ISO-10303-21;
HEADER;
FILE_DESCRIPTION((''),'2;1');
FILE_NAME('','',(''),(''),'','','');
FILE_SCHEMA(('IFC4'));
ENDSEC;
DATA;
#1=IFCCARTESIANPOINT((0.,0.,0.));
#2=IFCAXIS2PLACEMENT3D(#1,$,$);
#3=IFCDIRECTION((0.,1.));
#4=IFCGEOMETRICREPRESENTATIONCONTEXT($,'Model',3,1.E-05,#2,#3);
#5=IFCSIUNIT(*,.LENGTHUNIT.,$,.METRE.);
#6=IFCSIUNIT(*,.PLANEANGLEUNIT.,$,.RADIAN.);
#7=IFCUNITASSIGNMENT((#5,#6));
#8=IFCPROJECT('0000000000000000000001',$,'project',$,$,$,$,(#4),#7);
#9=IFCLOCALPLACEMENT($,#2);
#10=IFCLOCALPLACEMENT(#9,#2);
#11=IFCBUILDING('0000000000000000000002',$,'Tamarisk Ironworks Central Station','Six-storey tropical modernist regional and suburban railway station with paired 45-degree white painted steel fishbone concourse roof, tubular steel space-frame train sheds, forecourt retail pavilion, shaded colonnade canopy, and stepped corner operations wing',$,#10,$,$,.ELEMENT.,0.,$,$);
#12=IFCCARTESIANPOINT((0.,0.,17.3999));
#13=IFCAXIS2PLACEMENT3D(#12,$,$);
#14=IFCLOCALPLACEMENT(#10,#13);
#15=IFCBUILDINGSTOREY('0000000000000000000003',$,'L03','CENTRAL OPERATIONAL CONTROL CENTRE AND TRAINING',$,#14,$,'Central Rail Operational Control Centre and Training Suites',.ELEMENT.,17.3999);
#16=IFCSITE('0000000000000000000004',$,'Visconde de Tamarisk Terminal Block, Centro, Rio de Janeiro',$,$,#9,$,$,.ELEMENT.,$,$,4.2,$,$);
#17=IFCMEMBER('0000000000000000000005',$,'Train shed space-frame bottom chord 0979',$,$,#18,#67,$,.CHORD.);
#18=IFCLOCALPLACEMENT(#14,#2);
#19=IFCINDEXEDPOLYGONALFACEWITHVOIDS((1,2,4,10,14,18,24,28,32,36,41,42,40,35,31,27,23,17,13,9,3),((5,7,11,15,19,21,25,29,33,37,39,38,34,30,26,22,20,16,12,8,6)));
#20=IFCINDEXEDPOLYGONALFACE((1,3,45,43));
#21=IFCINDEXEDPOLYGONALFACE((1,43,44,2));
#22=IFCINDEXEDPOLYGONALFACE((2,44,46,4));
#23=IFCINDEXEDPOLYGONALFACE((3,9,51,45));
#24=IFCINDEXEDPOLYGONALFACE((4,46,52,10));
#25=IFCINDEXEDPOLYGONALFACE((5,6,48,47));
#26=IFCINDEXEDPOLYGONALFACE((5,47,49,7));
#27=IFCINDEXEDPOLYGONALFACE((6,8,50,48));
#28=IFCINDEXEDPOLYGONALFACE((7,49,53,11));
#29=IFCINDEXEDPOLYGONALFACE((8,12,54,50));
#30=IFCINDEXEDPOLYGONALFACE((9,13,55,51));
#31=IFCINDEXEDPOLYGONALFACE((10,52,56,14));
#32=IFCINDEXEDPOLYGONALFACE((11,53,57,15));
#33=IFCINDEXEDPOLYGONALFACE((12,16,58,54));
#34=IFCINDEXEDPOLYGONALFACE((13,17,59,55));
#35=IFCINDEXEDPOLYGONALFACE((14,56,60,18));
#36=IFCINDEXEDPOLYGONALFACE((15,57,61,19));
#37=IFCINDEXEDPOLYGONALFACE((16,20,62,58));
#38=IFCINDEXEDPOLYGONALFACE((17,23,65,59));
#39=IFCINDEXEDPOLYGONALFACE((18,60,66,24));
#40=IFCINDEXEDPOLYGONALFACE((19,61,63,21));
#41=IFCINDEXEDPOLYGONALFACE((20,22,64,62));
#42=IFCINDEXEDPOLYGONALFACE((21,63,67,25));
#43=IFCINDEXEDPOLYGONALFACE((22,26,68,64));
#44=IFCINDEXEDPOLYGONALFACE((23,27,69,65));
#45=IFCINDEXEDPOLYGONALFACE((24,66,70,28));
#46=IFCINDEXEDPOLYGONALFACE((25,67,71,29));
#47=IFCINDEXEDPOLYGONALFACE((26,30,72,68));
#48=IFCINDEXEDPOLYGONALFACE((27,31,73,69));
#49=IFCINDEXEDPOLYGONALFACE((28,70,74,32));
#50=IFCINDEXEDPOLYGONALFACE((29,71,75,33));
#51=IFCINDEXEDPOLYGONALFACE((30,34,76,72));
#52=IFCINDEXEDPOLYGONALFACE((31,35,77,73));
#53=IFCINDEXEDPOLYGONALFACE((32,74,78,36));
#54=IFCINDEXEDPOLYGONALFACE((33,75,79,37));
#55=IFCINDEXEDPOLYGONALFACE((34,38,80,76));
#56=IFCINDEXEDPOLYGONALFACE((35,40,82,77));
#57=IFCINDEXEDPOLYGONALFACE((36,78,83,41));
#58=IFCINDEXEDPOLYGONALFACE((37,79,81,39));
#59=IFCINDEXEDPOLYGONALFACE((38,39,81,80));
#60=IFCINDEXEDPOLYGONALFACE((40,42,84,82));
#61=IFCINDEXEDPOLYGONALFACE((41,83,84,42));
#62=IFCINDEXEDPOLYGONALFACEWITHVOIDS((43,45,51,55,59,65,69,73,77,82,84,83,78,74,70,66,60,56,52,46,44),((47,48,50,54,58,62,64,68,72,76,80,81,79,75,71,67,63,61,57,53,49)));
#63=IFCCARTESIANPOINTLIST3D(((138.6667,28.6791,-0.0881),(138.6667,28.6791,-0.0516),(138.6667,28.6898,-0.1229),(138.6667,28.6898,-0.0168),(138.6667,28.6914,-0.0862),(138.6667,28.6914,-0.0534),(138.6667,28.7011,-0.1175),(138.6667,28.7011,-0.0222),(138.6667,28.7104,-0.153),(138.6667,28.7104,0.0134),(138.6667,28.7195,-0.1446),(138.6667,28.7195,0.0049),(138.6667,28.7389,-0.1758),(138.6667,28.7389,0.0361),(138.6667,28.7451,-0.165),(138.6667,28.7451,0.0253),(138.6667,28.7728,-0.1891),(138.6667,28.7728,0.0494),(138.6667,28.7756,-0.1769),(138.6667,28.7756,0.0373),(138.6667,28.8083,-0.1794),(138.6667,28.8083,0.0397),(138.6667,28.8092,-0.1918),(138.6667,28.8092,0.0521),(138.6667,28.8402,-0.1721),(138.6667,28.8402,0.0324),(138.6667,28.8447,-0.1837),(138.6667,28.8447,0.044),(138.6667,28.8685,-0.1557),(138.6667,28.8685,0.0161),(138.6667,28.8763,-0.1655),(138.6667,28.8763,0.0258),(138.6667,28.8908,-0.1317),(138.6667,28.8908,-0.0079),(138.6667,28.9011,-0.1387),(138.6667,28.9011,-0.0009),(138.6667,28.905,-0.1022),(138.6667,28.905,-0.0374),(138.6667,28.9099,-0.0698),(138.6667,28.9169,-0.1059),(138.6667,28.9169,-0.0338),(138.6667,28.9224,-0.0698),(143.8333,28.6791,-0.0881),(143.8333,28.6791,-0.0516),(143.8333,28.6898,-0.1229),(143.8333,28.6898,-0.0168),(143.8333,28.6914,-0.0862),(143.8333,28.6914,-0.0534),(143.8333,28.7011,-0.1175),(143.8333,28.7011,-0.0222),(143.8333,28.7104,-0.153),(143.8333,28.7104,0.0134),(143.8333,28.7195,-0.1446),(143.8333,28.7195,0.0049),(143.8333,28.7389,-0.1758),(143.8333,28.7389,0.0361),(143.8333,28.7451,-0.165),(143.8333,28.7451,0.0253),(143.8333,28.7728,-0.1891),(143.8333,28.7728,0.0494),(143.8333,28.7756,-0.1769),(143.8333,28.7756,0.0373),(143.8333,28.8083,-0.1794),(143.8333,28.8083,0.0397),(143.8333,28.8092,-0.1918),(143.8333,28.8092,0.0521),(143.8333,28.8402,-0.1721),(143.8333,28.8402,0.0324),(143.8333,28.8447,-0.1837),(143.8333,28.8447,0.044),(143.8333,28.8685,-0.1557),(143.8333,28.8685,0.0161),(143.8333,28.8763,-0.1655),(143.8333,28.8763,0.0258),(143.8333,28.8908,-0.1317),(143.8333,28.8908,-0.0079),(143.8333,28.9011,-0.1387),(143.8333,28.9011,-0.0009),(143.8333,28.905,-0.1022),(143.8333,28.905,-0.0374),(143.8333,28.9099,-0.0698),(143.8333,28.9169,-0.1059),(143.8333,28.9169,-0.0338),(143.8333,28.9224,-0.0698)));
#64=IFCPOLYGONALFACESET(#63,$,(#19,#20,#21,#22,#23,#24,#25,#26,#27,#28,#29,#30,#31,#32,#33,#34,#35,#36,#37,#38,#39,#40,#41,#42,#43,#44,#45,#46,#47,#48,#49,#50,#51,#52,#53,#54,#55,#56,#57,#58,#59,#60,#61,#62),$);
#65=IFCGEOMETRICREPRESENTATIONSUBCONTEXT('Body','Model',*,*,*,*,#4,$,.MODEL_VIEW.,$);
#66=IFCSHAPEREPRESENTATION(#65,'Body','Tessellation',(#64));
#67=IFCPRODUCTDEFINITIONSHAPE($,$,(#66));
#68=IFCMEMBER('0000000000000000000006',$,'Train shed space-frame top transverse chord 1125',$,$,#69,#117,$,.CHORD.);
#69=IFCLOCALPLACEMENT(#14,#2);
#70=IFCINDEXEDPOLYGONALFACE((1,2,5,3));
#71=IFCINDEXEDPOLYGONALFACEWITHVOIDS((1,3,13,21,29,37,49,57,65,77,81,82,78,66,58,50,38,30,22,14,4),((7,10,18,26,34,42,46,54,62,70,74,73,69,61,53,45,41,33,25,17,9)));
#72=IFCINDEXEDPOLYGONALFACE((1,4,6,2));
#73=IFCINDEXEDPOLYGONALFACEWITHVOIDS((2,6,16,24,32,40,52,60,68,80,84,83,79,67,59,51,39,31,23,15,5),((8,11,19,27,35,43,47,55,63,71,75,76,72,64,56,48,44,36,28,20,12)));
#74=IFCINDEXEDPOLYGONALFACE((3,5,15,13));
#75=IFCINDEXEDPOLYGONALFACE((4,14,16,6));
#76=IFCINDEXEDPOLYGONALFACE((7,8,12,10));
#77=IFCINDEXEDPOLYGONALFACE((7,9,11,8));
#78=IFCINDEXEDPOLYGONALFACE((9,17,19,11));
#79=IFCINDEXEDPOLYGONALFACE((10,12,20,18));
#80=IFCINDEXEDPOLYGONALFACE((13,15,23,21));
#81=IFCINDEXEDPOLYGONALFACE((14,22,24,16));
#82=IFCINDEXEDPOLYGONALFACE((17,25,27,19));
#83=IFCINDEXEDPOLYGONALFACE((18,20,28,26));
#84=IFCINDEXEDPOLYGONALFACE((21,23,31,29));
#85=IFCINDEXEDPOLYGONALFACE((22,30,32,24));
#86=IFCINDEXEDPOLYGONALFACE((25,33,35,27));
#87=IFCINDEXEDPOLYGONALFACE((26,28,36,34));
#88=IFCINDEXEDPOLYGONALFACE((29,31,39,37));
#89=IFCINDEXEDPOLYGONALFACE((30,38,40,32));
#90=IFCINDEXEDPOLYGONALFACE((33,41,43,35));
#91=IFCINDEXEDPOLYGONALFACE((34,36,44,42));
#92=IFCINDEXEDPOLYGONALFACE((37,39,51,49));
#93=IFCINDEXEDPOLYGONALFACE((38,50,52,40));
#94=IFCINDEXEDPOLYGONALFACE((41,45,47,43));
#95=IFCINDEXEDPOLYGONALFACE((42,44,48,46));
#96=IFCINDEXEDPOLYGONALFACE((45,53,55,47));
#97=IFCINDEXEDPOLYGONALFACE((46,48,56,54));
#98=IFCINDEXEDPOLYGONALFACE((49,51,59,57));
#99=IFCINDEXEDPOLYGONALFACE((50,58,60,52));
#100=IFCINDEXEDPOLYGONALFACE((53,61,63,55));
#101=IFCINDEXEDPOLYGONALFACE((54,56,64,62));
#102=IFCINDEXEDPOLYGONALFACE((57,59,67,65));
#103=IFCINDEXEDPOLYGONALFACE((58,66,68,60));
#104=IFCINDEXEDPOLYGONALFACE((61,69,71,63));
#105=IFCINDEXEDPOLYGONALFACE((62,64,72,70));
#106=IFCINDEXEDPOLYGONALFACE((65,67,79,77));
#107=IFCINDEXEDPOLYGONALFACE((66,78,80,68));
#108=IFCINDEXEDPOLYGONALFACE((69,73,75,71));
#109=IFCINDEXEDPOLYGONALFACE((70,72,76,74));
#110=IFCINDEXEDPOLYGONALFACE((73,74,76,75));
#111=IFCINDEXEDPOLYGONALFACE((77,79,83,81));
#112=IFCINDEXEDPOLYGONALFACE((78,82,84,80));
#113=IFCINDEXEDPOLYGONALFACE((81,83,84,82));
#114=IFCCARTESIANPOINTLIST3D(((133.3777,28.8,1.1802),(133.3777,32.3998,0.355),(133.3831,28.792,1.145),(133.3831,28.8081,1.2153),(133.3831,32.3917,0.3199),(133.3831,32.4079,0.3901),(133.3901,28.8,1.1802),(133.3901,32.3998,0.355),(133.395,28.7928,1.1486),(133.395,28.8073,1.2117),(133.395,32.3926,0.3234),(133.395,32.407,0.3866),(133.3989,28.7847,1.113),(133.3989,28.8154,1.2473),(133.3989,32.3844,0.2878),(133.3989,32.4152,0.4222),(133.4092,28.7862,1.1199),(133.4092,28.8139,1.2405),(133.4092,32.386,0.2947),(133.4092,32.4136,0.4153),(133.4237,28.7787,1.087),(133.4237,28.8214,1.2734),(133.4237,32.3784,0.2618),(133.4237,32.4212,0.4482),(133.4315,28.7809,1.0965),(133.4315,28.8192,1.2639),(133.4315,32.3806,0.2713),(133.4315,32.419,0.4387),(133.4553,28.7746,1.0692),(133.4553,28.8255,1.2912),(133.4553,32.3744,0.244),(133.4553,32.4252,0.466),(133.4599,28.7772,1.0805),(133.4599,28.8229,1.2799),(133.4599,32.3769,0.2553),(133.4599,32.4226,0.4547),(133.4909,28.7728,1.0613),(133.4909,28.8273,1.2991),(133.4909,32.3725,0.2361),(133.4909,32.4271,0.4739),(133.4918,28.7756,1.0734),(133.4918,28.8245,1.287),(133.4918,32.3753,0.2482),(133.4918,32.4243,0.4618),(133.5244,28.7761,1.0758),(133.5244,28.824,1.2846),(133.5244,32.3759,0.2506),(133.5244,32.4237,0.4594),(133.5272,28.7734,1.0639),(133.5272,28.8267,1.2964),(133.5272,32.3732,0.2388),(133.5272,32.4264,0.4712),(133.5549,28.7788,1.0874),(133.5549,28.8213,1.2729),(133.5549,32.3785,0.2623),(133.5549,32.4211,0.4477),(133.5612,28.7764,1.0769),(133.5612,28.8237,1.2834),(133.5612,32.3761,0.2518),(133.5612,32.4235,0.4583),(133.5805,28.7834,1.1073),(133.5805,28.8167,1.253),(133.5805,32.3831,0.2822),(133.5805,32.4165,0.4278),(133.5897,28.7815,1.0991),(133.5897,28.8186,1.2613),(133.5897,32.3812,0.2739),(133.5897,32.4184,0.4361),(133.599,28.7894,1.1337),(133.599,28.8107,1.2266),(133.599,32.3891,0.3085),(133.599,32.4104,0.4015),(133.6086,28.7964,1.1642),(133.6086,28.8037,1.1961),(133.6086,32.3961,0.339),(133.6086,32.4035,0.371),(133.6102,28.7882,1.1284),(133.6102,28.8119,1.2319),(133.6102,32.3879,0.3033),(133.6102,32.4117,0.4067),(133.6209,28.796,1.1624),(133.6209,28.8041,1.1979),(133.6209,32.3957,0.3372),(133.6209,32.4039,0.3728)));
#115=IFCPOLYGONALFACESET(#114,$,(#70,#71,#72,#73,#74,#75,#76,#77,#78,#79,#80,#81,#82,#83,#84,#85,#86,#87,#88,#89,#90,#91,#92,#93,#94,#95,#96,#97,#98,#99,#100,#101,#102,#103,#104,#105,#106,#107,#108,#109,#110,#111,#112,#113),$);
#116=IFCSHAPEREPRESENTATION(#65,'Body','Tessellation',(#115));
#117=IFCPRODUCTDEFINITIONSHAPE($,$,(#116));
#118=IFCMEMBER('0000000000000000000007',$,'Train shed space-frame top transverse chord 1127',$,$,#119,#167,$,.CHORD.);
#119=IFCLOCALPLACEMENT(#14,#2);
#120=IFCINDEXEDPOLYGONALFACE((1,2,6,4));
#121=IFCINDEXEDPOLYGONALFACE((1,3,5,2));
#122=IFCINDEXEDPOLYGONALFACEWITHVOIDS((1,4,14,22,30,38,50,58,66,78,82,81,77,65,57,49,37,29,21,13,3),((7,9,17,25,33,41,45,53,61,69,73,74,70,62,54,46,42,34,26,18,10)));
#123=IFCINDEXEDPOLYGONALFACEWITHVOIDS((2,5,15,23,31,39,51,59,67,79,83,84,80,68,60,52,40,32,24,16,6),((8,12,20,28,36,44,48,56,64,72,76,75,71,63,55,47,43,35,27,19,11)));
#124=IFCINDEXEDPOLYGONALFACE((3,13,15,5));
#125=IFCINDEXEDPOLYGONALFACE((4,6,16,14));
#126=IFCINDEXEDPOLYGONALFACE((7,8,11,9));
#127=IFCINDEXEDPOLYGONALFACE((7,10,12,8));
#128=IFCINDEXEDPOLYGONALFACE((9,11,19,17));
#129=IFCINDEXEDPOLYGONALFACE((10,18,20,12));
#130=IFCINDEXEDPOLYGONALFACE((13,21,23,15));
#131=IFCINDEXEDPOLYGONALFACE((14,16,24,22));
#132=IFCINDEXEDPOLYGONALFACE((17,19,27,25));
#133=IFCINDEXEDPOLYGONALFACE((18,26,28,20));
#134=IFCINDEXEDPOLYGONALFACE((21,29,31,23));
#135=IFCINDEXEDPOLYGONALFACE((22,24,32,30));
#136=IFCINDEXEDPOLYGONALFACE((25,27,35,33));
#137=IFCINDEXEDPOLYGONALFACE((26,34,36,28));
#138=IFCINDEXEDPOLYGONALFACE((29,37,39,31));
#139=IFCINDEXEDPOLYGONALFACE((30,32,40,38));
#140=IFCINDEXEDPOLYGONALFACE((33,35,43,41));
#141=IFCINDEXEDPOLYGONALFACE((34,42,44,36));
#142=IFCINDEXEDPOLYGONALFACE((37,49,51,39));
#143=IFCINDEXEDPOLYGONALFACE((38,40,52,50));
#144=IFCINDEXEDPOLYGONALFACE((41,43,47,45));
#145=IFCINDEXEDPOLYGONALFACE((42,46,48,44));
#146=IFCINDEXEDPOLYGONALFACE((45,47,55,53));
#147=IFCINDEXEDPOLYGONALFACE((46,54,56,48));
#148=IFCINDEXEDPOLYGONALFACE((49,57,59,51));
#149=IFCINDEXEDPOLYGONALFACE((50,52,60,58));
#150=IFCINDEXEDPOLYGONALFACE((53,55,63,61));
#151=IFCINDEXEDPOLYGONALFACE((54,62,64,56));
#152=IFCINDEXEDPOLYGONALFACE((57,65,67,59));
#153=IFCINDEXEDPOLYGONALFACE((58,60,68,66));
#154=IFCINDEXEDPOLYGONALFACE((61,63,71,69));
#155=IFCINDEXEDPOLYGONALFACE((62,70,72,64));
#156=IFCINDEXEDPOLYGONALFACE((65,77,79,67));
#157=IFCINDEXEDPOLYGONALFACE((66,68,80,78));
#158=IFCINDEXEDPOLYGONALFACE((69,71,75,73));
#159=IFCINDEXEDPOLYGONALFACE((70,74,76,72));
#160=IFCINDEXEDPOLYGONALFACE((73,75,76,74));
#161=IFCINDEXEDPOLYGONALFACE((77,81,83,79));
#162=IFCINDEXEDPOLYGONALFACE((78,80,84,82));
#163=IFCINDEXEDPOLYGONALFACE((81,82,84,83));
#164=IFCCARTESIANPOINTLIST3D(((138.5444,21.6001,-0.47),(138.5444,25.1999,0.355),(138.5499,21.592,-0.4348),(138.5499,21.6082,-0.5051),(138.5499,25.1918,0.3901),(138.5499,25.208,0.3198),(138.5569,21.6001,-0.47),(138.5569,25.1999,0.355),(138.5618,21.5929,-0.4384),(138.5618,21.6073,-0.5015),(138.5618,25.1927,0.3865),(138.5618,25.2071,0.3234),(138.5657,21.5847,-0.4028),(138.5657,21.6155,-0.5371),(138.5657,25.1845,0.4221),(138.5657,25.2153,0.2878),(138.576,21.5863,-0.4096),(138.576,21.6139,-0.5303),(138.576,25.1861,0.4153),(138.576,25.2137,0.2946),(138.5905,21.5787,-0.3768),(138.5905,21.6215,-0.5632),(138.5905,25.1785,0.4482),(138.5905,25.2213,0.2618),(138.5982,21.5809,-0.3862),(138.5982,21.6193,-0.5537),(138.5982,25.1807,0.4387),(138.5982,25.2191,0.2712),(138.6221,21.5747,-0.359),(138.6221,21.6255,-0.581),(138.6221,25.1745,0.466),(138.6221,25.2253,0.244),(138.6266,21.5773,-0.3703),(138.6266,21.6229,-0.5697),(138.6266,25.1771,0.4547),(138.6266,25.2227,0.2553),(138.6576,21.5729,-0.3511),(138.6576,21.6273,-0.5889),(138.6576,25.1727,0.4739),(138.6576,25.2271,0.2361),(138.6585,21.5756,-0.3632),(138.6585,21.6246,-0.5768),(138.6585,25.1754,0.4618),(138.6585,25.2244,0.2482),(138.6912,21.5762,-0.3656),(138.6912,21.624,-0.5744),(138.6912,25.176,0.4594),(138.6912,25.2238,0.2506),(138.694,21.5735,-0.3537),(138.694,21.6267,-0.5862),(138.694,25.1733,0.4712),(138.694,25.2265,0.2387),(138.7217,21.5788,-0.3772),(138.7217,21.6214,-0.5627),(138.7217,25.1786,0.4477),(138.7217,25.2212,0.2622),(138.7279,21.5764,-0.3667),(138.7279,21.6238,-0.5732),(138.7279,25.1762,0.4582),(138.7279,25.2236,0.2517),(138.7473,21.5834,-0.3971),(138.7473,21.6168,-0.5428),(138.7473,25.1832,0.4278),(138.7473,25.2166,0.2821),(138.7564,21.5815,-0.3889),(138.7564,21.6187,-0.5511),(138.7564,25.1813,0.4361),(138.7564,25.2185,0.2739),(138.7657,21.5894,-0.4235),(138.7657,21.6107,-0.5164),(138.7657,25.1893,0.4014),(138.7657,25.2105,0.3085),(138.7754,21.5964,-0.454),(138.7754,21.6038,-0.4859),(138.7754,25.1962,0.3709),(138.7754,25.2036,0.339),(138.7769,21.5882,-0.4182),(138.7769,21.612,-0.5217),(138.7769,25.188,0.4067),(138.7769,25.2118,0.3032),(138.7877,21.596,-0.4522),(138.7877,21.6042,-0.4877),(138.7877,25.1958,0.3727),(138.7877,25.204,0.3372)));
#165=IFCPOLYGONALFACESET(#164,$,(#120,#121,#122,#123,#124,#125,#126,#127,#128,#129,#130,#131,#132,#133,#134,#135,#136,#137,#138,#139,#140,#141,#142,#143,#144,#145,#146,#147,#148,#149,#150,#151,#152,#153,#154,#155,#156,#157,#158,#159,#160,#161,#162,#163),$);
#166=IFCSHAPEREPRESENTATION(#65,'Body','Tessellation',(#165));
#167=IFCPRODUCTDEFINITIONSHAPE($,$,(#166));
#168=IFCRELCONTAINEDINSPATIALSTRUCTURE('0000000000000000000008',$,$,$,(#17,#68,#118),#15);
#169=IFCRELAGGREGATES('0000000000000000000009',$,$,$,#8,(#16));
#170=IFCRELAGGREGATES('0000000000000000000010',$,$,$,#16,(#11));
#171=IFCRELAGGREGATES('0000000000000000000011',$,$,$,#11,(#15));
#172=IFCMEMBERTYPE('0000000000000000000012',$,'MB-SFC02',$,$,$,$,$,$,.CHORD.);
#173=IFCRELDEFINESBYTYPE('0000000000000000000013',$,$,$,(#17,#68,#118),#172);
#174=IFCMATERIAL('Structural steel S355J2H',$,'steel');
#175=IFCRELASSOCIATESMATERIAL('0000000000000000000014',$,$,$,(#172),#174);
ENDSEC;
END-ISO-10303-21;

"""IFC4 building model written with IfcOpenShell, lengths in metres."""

from ifc_helpers import new_model, si_unit, direction, frame, origin, origin_2d, place, context, subcontext, project, spatial, hollow_circle, extrude, material, material_profile, profile_set, type_object, element, save


model = new_model("IFC4")

# Units and contexts
model_context = context("Model", 3, precision=1e-05, world=origin(), true_north=direction((0.0, 1.0)))
body_context = subcontext(model_context, "Body", "Model", "MODEL_VIEW")
ifc_project = project(units=[si_unit("LENGTHUNIT", "METRE"), si_unit("PLANEANGLEUNIT", "RADIAN")], contexts=[model_context])

# Site, building, storey
site_placement = place(None, origin())
site = spatial("IfcSite", under=ifc_project, at=site_placement, Name="Visconde de Tamarisk Terminal Block, Centro, Rio de Janeiro", CompositionType="ELEMENT", RefElevation=4.2)
building_placement = place(site_placement, origin())
building = spatial("IfcBuilding", under=site, at=building_placement, Name="Tamarisk Ironworks Central Station", Description="Six-storey tropical modernist regional and suburban railway station with paired 45-degree white painted steel fishbone concourse roof, tubular steel space-frame train sheds, forecourt retail pavilion, shaded colonnade canopy, and stepped corner operations wing", CompositionType="ELEMENT", ElevationOfRefHeight=0.0)
storey_placement = place(building_placement, frame((0.0, 0.0, 17.3999)))
storey = spatial("IfcBuildingStorey", under=building, at=storey_placement, Name="L03", Description="CENTRAL OPERATIONAL CONTROL CENTRE AND TRAINING", LongName="Central Rail Operational Control Centre and Training Suites", CompositionType="ELEMENT", Elevation=17.3999)

# Members
ifc_material_1 = material(Name="Structural steel S355J2H", Category="steel")
ifc_material_profile_1 = material_profile(ifc_material_1, hollow_circle(Radius=0.1223, WallThickness=0.0125, at=origin_2d()), Name="CHS 244.5x12.5")
ifc_profile_set_1 = profile_set([ifc_material_profile_1], Name="Structural steel S355J2H")
member_type_1 = type_object("IfcMemberType", Name="MB-SFC02", PredefinedType="CHORD", material=ifc_profile_set_1)
member_1_placement = place(storey_placement, frame((138.6667, 28.8, -0.0698), z_axis=(1.0, 0.0, 0.0), x_axis=(0.0, 1.0, 0.0)))
element("IfcMember", 1, at=member_1_placement, inside=storey, type_object=member_type_1, Name="Train shed space-frame bottom chord 0979", PredefinedType="CHORD", context=body_context, shape_type="SweptSolid", body=[
    extrude(hollow_circle(Radius=0.1223, WallThickness=0.0125, at=origin_2d()), origin(), (0.0, 0.0, 1.0), 5.1665),
])
for number, where, z_axis, x_axis, name in (
    (2, (133.5, 28.8, 1.1802), (0.0, 0.974719, -0.223435), (-1.0, 0.0, 0.0), "Train shed space-frame top transverse chord 1125"),
    (3, (138.6667, 21.6001, -0.47), (0.0, 0.974733, 0.223372), (-1.0, 0.0, 0.0), "Train shed space-frame top transverse chord 1127"),
):
    element("IfcMember", number, at=place(storey_placement, frame(where, z_axis=z_axis, x_axis=x_axis)), inside=storey, type_object=member_type_1, Name=name, PredefinedType="CHORD", context=body_context, shape_type="SweptSolid", body=[
        extrude(hollow_circle(Radius=0.1223, WallThickness=0.0125, at=origin_2d()), origin(), (0.0, 0.0, 1.0), 3.6931),
    ])

save(model, "model.ifc")
